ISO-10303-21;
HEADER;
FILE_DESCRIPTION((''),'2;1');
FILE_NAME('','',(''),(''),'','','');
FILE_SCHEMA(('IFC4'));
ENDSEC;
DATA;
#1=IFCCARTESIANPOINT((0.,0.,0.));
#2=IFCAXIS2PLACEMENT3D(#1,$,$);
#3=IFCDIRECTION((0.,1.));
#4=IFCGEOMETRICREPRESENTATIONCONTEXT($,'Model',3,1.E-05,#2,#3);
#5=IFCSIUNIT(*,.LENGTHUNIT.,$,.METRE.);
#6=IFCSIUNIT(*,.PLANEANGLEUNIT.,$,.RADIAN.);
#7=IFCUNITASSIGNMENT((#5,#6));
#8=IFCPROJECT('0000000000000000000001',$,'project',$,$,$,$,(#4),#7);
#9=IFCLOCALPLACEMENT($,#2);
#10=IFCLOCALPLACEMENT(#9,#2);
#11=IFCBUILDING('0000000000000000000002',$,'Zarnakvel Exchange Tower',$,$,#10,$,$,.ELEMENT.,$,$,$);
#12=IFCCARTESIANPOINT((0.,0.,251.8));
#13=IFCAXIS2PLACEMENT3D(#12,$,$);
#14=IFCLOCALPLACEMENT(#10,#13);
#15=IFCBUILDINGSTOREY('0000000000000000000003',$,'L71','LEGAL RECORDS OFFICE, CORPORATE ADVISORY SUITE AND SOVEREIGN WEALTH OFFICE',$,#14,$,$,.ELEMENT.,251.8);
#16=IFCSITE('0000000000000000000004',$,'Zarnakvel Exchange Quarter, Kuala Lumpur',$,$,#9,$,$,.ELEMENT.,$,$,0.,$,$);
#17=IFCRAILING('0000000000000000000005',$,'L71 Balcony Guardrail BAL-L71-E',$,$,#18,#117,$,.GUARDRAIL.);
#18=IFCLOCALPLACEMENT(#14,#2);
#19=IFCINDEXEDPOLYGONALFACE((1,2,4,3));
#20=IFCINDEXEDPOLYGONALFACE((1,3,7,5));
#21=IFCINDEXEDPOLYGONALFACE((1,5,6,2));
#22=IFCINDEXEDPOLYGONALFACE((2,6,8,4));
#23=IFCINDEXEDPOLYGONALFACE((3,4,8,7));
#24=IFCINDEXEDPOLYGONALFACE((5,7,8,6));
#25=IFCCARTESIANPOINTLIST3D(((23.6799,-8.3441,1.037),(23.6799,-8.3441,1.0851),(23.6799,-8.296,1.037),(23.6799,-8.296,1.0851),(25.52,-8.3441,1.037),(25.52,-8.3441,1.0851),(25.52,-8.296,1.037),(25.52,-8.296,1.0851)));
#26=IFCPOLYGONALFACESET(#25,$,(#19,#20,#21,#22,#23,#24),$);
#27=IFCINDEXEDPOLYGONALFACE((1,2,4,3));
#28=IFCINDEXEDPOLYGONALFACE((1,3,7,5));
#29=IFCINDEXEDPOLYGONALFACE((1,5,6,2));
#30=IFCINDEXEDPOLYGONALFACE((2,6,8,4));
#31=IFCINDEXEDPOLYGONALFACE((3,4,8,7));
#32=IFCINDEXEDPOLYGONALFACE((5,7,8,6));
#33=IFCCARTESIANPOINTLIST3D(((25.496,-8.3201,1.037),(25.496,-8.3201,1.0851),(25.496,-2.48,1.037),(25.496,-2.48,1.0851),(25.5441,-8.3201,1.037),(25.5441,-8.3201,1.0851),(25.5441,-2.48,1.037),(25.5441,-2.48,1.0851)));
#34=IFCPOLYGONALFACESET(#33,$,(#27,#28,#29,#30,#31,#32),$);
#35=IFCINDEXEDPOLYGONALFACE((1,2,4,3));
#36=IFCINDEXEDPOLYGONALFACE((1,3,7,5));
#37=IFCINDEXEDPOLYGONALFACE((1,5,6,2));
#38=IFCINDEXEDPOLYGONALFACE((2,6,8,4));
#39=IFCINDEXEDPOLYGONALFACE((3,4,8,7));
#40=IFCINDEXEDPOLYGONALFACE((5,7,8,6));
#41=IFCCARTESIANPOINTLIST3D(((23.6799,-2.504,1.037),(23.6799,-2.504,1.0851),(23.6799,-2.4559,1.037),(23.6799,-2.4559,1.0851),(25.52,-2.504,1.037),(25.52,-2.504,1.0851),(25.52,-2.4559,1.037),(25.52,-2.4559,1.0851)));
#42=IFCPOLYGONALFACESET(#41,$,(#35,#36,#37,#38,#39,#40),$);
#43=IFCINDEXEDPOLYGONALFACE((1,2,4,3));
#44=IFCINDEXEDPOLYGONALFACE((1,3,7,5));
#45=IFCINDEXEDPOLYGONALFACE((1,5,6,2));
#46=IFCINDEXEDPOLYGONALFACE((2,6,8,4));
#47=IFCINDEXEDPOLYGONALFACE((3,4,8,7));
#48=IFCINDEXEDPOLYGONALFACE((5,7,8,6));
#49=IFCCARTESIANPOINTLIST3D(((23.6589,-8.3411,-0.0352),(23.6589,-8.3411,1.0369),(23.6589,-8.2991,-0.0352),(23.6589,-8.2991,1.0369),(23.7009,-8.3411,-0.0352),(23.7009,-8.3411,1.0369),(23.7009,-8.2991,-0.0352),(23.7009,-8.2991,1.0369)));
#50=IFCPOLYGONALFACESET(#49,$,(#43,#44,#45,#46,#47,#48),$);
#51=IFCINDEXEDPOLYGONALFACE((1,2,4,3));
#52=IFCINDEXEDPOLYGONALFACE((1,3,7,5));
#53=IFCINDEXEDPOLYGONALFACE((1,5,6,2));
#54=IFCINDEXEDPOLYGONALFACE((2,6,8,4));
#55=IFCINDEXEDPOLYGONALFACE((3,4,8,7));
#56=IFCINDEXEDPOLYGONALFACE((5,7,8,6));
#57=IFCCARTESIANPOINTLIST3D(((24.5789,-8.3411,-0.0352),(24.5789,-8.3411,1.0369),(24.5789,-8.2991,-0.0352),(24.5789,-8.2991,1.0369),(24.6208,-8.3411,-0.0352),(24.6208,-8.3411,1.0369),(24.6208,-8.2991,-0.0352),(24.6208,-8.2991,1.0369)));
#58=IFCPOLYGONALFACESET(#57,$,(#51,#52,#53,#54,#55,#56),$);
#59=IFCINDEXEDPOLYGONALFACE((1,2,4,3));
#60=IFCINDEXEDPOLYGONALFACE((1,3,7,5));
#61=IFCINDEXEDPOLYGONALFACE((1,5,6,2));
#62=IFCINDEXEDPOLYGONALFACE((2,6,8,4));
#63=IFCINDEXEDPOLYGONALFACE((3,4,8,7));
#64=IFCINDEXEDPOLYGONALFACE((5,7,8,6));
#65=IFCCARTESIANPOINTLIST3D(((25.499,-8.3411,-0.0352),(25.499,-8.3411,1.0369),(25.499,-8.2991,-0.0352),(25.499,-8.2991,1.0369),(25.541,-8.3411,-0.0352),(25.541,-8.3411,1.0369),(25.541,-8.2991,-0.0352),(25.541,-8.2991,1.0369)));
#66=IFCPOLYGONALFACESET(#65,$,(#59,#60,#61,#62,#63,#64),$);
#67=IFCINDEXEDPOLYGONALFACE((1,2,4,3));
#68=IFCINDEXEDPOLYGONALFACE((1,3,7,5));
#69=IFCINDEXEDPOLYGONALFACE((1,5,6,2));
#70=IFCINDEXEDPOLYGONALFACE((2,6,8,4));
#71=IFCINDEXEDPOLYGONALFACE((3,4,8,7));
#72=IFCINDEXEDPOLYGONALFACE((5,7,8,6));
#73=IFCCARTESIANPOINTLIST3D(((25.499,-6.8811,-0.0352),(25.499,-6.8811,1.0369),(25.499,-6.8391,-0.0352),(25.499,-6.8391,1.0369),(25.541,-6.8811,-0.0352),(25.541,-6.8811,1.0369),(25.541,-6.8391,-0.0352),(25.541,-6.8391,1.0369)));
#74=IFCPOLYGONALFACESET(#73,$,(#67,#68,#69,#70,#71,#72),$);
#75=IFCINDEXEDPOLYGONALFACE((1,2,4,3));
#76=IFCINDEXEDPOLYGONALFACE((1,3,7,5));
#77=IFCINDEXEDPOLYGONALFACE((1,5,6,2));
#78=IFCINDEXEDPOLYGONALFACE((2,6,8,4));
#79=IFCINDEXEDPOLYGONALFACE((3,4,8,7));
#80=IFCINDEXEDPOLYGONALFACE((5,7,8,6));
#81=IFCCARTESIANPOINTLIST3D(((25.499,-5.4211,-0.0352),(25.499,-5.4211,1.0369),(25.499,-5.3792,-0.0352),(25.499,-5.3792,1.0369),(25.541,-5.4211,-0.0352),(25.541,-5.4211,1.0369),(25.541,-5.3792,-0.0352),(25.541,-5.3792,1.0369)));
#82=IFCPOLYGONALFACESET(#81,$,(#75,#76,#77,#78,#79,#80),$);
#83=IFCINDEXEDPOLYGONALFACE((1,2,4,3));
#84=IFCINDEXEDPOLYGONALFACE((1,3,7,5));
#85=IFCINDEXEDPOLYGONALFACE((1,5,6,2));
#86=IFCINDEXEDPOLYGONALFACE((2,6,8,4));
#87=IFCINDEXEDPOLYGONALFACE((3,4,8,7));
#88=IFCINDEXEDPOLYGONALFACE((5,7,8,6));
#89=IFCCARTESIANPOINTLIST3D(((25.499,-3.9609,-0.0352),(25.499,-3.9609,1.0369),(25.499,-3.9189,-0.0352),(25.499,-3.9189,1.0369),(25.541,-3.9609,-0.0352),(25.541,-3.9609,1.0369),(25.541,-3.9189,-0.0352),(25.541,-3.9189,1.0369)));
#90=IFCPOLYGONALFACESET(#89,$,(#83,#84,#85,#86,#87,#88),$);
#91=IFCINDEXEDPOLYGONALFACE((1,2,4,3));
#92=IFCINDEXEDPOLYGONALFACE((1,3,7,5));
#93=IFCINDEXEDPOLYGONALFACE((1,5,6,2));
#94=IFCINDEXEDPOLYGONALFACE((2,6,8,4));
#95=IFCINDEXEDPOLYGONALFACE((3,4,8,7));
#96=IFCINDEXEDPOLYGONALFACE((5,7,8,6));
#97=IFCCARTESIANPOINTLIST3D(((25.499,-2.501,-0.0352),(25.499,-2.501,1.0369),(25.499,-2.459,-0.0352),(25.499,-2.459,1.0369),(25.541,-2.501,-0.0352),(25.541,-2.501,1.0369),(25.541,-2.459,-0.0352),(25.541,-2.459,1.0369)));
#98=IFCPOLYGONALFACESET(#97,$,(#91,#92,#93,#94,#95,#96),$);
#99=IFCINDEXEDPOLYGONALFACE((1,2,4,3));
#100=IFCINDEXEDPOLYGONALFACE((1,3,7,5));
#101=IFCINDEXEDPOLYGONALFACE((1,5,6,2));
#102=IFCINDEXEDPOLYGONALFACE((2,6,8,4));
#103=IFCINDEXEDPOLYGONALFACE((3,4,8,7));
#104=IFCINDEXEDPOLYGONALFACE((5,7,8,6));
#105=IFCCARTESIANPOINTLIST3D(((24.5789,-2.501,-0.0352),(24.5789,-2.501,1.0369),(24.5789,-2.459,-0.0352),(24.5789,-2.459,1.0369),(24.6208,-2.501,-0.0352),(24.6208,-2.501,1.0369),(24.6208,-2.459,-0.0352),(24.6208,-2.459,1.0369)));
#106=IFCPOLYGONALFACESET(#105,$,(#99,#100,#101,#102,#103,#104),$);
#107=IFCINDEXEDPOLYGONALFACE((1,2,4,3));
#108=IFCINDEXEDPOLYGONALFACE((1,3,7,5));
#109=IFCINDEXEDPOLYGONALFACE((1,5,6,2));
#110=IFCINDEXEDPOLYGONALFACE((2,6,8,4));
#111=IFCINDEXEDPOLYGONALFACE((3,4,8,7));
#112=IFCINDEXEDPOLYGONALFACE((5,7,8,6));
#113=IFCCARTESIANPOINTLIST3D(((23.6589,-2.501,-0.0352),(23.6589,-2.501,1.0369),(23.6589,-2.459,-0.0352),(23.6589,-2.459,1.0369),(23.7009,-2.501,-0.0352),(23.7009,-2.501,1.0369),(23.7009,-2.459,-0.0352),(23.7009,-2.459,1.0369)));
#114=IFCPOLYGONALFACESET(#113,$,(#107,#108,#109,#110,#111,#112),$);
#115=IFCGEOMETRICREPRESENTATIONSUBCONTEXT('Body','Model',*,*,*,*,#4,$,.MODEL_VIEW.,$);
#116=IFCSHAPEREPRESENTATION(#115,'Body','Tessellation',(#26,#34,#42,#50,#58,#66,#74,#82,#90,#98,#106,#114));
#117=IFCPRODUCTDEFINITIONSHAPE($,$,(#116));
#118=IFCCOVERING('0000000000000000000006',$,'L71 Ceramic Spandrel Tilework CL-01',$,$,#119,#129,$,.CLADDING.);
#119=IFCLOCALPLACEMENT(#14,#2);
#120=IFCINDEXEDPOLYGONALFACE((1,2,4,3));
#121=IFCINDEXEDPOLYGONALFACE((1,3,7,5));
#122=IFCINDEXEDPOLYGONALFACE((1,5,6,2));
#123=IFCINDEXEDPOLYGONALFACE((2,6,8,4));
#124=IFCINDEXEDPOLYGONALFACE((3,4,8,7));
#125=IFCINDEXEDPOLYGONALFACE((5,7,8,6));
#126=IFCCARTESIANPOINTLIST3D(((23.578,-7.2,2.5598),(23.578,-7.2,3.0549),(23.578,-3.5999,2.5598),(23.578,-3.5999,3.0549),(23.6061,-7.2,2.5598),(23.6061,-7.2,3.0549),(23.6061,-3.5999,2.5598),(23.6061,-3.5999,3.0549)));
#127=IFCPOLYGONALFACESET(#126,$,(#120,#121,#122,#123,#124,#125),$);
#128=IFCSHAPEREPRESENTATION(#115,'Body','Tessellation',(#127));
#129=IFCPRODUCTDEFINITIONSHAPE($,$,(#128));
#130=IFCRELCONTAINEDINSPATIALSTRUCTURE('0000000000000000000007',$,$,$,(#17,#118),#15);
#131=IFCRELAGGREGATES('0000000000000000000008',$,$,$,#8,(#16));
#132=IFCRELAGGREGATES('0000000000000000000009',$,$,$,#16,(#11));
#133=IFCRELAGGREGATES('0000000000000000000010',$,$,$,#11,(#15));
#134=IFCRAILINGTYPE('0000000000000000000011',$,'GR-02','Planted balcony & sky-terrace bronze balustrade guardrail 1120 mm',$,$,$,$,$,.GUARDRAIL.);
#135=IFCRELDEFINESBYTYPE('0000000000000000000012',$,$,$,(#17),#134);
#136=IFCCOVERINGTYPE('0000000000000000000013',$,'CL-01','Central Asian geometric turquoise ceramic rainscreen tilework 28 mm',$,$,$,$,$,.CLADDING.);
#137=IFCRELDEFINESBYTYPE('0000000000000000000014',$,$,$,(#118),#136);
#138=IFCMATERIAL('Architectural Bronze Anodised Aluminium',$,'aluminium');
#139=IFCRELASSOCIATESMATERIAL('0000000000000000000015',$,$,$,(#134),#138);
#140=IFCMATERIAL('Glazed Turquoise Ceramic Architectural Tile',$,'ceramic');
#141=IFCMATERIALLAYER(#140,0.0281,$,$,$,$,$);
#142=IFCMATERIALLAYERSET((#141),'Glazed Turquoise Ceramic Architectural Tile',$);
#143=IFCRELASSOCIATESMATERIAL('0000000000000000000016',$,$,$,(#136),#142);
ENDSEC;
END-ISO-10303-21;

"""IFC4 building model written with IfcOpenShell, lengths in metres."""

from ifc_helpers import new_model, si_unit, direction, frame, origin, origin_2d, place, context, subcontext, project, spatial, rectangle, extrude, source, transform, mapped, material, layer, layer_set, type_object, element, save


model = new_model("IFC4")

# Units and contexts
model_context = context("Model", 3, precision=1e-05, world=origin(), true_north=direction((0.0, 1.0)))
body_context = subcontext(model_context, "Body", "Model", "MODEL_VIEW")
ifc_project = project(units=[si_unit("LENGTHUNIT", "METRE"), si_unit("PLANEANGLEUNIT", "RADIAN")], contexts=[model_context])

# Site, building, storey
site_placement = place(None, origin())
site = spatial("IfcSite", under=ifc_project, at=site_placement, Name="Zarnakvel Exchange Quarter, Kuala Lumpur", CompositionType="ELEMENT", RefElevation=0.0)
building_placement = place(site_placement, origin())
building = spatial("IfcBuilding", under=site, at=building_placement, Name="Zarnakvel Exchange Tower", CompositionType="ELEMENT")
storey_placement = place(building_placement, frame((0.0, 0.0, 251.8)))
storey = spatial("IfcBuildingStorey", under=building, at=storey_placement, Name="L71", Description="LEGAL RECORDS OFFICE, CORPORATE ADVISORY SUITE AND SOVEREIGN WEALTH OFFICE", CompositionType="ELEMENT", Elevation=251.8)

# Railing
ifc_material_1 = material(Name="Architectural Bronze Anodised Aluminium", Category="aluminium")
railing_type = type_object("IfcRailingType", Name="GR-02", Description="Planted balcony & sky-terrace bronze balustrade guardrail 1120 mm", PredefinedType="GUARDRAIL", material=ifc_material_1)
railing_placement = place(storey_placement, frame((23.6799, -8.3201, -0.0352)))
element("IfcRailing", 1, at=railing_placement, inside=storey, type_object=railing_type, Name="L71 Balcony Guardrail BAL-L71-E", PredefinedType="GUARDRAIL", context=body_context, shape_type="SweptSolid", body=[
    extrude(rectangle(XDim=0.0481, YDim=0.0481, at=origin_2d()), frame((0.0, 0.0, 1.0962), z_axis=(1.0, 0.0, 0.0), x_axis=(0.0, 1.0, 0.0)), (0.0, 0.0, 1.0), 1.8401),
    extrude(rectangle(XDim=0.0481, YDim=0.0481, at=origin_2d()), frame((1.8401, 0.0, 1.0962), z_axis=(0.0, 1.0, 0.0), x_axis=(-1.0, 0.0, 0.0)), (0.0, 0.0, 1.0), 5.8401),
    extrude(rectangle(XDim=0.0481, YDim=0.0481, at=origin_2d()), frame((1.8401, 5.8401, 1.0962), z_axis=(-1.0, 0.0, 0.0), x_axis=(0.0, -1.0, 0.0)), (0.0, 0.0, 1.0), 1.8401),
    extrude(rectangle(XDim=0.042, YDim=0.042, at=origin_2d()), origin(), (0.0, 0.0, 1.0), 1.072),
    extrude(rectangle(XDim=0.042, YDim=0.042, at=origin_2d()), frame((0.9199, 0.0, 0.0)), (0.0, 0.0, 1.0), 1.072),
    extrude(rectangle(XDim=0.042, YDim=0.042, at=origin_2d()), frame((1.8401, 0.0, 0.0)), (0.0, 0.0, 1.0), 1.072),
    extrude(rectangle(XDim=0.042, YDim=0.042, at=origin_2d()), frame((1.8401, 1.46, 0.0)), (0.0, 0.0, 1.0), 1.072),
    extrude(rectangle(XDim=0.042, YDim=0.042, at=origin_2d()), frame((1.8401, 2.9199, 0.0)), (0.0, 0.0, 1.0), 1.072),
    extrude(rectangle(XDim=0.042, YDim=0.042, at=origin_2d()), frame((1.8401, 4.3801, 0.0)), (0.0, 0.0, 1.0), 1.072),
    extrude(rectangle(XDim=0.042, YDim=0.042, at=origin_2d()), frame((1.8401, 5.8401, 0.0)), (0.0, 0.0, 1.0), 1.072),
    extrude(rectangle(XDim=0.042, YDim=0.042, at=origin_2d()), frame((0.9199, 5.8401, 0.0)), (0.0, 0.0, 1.0), 1.072),
    extrude(rectangle(XDim=0.042, YDim=0.042, at=origin_2d()), frame((0.0, 5.8401, 0.0)), (0.0, 0.0, 1.0), 1.072),
])

# Covering
ifc_material_2 = material(Name="Glazed Turquoise Ceramic Architectural Tile", Category="ceramic")
ifc_layer_1 = layer(ifc_material_2, 0.0281)
ifc_layer_set_1 = layer_set([ifc_layer_1], Name="Glazed Turquoise Ceramic Architectural Tile")
covering_type = type_object("IfcCoveringType", Name="CL-01", Description="Central Asian geometric turquoise ceramic rainscreen tilework 28 mm", PredefinedType="CLADDING", material=ifc_layer_set_1)
shared_shape = source(origin(), body_context, "Body", "SweptSolid", [
    extrude(rectangle(XDim=3.6001, YDim=0.0281, at=origin_2d()), origin(), (0.0, 0.0, 1.0), 0.4951),
])
covering_placement = place(storey_placement, frame((23.592, -5.3999, 2.5598), z_axis=(0.0, 0.0, 1.0), x_axis=(0.0, -1.0, 0.0)))
element("IfcCovering", 2, at=covering_placement, inside=storey, type_object=covering_type, Name="L71 Ceramic Spandrel Tilework CL-01", PredefinedType="CLADDING", context=body_context, shape_type="MappedRepresentation", body=[
    mapped(shared_shape, transform((0.0, 0.0, 0.0), x_axis=(1.0, 0.0, 0.0), y_axis=(0.0, 1.0, 0.0), z_axis=(0.0, 0.0, 1.0), scale=1.0)),
])

save(model, "model.ifc")
